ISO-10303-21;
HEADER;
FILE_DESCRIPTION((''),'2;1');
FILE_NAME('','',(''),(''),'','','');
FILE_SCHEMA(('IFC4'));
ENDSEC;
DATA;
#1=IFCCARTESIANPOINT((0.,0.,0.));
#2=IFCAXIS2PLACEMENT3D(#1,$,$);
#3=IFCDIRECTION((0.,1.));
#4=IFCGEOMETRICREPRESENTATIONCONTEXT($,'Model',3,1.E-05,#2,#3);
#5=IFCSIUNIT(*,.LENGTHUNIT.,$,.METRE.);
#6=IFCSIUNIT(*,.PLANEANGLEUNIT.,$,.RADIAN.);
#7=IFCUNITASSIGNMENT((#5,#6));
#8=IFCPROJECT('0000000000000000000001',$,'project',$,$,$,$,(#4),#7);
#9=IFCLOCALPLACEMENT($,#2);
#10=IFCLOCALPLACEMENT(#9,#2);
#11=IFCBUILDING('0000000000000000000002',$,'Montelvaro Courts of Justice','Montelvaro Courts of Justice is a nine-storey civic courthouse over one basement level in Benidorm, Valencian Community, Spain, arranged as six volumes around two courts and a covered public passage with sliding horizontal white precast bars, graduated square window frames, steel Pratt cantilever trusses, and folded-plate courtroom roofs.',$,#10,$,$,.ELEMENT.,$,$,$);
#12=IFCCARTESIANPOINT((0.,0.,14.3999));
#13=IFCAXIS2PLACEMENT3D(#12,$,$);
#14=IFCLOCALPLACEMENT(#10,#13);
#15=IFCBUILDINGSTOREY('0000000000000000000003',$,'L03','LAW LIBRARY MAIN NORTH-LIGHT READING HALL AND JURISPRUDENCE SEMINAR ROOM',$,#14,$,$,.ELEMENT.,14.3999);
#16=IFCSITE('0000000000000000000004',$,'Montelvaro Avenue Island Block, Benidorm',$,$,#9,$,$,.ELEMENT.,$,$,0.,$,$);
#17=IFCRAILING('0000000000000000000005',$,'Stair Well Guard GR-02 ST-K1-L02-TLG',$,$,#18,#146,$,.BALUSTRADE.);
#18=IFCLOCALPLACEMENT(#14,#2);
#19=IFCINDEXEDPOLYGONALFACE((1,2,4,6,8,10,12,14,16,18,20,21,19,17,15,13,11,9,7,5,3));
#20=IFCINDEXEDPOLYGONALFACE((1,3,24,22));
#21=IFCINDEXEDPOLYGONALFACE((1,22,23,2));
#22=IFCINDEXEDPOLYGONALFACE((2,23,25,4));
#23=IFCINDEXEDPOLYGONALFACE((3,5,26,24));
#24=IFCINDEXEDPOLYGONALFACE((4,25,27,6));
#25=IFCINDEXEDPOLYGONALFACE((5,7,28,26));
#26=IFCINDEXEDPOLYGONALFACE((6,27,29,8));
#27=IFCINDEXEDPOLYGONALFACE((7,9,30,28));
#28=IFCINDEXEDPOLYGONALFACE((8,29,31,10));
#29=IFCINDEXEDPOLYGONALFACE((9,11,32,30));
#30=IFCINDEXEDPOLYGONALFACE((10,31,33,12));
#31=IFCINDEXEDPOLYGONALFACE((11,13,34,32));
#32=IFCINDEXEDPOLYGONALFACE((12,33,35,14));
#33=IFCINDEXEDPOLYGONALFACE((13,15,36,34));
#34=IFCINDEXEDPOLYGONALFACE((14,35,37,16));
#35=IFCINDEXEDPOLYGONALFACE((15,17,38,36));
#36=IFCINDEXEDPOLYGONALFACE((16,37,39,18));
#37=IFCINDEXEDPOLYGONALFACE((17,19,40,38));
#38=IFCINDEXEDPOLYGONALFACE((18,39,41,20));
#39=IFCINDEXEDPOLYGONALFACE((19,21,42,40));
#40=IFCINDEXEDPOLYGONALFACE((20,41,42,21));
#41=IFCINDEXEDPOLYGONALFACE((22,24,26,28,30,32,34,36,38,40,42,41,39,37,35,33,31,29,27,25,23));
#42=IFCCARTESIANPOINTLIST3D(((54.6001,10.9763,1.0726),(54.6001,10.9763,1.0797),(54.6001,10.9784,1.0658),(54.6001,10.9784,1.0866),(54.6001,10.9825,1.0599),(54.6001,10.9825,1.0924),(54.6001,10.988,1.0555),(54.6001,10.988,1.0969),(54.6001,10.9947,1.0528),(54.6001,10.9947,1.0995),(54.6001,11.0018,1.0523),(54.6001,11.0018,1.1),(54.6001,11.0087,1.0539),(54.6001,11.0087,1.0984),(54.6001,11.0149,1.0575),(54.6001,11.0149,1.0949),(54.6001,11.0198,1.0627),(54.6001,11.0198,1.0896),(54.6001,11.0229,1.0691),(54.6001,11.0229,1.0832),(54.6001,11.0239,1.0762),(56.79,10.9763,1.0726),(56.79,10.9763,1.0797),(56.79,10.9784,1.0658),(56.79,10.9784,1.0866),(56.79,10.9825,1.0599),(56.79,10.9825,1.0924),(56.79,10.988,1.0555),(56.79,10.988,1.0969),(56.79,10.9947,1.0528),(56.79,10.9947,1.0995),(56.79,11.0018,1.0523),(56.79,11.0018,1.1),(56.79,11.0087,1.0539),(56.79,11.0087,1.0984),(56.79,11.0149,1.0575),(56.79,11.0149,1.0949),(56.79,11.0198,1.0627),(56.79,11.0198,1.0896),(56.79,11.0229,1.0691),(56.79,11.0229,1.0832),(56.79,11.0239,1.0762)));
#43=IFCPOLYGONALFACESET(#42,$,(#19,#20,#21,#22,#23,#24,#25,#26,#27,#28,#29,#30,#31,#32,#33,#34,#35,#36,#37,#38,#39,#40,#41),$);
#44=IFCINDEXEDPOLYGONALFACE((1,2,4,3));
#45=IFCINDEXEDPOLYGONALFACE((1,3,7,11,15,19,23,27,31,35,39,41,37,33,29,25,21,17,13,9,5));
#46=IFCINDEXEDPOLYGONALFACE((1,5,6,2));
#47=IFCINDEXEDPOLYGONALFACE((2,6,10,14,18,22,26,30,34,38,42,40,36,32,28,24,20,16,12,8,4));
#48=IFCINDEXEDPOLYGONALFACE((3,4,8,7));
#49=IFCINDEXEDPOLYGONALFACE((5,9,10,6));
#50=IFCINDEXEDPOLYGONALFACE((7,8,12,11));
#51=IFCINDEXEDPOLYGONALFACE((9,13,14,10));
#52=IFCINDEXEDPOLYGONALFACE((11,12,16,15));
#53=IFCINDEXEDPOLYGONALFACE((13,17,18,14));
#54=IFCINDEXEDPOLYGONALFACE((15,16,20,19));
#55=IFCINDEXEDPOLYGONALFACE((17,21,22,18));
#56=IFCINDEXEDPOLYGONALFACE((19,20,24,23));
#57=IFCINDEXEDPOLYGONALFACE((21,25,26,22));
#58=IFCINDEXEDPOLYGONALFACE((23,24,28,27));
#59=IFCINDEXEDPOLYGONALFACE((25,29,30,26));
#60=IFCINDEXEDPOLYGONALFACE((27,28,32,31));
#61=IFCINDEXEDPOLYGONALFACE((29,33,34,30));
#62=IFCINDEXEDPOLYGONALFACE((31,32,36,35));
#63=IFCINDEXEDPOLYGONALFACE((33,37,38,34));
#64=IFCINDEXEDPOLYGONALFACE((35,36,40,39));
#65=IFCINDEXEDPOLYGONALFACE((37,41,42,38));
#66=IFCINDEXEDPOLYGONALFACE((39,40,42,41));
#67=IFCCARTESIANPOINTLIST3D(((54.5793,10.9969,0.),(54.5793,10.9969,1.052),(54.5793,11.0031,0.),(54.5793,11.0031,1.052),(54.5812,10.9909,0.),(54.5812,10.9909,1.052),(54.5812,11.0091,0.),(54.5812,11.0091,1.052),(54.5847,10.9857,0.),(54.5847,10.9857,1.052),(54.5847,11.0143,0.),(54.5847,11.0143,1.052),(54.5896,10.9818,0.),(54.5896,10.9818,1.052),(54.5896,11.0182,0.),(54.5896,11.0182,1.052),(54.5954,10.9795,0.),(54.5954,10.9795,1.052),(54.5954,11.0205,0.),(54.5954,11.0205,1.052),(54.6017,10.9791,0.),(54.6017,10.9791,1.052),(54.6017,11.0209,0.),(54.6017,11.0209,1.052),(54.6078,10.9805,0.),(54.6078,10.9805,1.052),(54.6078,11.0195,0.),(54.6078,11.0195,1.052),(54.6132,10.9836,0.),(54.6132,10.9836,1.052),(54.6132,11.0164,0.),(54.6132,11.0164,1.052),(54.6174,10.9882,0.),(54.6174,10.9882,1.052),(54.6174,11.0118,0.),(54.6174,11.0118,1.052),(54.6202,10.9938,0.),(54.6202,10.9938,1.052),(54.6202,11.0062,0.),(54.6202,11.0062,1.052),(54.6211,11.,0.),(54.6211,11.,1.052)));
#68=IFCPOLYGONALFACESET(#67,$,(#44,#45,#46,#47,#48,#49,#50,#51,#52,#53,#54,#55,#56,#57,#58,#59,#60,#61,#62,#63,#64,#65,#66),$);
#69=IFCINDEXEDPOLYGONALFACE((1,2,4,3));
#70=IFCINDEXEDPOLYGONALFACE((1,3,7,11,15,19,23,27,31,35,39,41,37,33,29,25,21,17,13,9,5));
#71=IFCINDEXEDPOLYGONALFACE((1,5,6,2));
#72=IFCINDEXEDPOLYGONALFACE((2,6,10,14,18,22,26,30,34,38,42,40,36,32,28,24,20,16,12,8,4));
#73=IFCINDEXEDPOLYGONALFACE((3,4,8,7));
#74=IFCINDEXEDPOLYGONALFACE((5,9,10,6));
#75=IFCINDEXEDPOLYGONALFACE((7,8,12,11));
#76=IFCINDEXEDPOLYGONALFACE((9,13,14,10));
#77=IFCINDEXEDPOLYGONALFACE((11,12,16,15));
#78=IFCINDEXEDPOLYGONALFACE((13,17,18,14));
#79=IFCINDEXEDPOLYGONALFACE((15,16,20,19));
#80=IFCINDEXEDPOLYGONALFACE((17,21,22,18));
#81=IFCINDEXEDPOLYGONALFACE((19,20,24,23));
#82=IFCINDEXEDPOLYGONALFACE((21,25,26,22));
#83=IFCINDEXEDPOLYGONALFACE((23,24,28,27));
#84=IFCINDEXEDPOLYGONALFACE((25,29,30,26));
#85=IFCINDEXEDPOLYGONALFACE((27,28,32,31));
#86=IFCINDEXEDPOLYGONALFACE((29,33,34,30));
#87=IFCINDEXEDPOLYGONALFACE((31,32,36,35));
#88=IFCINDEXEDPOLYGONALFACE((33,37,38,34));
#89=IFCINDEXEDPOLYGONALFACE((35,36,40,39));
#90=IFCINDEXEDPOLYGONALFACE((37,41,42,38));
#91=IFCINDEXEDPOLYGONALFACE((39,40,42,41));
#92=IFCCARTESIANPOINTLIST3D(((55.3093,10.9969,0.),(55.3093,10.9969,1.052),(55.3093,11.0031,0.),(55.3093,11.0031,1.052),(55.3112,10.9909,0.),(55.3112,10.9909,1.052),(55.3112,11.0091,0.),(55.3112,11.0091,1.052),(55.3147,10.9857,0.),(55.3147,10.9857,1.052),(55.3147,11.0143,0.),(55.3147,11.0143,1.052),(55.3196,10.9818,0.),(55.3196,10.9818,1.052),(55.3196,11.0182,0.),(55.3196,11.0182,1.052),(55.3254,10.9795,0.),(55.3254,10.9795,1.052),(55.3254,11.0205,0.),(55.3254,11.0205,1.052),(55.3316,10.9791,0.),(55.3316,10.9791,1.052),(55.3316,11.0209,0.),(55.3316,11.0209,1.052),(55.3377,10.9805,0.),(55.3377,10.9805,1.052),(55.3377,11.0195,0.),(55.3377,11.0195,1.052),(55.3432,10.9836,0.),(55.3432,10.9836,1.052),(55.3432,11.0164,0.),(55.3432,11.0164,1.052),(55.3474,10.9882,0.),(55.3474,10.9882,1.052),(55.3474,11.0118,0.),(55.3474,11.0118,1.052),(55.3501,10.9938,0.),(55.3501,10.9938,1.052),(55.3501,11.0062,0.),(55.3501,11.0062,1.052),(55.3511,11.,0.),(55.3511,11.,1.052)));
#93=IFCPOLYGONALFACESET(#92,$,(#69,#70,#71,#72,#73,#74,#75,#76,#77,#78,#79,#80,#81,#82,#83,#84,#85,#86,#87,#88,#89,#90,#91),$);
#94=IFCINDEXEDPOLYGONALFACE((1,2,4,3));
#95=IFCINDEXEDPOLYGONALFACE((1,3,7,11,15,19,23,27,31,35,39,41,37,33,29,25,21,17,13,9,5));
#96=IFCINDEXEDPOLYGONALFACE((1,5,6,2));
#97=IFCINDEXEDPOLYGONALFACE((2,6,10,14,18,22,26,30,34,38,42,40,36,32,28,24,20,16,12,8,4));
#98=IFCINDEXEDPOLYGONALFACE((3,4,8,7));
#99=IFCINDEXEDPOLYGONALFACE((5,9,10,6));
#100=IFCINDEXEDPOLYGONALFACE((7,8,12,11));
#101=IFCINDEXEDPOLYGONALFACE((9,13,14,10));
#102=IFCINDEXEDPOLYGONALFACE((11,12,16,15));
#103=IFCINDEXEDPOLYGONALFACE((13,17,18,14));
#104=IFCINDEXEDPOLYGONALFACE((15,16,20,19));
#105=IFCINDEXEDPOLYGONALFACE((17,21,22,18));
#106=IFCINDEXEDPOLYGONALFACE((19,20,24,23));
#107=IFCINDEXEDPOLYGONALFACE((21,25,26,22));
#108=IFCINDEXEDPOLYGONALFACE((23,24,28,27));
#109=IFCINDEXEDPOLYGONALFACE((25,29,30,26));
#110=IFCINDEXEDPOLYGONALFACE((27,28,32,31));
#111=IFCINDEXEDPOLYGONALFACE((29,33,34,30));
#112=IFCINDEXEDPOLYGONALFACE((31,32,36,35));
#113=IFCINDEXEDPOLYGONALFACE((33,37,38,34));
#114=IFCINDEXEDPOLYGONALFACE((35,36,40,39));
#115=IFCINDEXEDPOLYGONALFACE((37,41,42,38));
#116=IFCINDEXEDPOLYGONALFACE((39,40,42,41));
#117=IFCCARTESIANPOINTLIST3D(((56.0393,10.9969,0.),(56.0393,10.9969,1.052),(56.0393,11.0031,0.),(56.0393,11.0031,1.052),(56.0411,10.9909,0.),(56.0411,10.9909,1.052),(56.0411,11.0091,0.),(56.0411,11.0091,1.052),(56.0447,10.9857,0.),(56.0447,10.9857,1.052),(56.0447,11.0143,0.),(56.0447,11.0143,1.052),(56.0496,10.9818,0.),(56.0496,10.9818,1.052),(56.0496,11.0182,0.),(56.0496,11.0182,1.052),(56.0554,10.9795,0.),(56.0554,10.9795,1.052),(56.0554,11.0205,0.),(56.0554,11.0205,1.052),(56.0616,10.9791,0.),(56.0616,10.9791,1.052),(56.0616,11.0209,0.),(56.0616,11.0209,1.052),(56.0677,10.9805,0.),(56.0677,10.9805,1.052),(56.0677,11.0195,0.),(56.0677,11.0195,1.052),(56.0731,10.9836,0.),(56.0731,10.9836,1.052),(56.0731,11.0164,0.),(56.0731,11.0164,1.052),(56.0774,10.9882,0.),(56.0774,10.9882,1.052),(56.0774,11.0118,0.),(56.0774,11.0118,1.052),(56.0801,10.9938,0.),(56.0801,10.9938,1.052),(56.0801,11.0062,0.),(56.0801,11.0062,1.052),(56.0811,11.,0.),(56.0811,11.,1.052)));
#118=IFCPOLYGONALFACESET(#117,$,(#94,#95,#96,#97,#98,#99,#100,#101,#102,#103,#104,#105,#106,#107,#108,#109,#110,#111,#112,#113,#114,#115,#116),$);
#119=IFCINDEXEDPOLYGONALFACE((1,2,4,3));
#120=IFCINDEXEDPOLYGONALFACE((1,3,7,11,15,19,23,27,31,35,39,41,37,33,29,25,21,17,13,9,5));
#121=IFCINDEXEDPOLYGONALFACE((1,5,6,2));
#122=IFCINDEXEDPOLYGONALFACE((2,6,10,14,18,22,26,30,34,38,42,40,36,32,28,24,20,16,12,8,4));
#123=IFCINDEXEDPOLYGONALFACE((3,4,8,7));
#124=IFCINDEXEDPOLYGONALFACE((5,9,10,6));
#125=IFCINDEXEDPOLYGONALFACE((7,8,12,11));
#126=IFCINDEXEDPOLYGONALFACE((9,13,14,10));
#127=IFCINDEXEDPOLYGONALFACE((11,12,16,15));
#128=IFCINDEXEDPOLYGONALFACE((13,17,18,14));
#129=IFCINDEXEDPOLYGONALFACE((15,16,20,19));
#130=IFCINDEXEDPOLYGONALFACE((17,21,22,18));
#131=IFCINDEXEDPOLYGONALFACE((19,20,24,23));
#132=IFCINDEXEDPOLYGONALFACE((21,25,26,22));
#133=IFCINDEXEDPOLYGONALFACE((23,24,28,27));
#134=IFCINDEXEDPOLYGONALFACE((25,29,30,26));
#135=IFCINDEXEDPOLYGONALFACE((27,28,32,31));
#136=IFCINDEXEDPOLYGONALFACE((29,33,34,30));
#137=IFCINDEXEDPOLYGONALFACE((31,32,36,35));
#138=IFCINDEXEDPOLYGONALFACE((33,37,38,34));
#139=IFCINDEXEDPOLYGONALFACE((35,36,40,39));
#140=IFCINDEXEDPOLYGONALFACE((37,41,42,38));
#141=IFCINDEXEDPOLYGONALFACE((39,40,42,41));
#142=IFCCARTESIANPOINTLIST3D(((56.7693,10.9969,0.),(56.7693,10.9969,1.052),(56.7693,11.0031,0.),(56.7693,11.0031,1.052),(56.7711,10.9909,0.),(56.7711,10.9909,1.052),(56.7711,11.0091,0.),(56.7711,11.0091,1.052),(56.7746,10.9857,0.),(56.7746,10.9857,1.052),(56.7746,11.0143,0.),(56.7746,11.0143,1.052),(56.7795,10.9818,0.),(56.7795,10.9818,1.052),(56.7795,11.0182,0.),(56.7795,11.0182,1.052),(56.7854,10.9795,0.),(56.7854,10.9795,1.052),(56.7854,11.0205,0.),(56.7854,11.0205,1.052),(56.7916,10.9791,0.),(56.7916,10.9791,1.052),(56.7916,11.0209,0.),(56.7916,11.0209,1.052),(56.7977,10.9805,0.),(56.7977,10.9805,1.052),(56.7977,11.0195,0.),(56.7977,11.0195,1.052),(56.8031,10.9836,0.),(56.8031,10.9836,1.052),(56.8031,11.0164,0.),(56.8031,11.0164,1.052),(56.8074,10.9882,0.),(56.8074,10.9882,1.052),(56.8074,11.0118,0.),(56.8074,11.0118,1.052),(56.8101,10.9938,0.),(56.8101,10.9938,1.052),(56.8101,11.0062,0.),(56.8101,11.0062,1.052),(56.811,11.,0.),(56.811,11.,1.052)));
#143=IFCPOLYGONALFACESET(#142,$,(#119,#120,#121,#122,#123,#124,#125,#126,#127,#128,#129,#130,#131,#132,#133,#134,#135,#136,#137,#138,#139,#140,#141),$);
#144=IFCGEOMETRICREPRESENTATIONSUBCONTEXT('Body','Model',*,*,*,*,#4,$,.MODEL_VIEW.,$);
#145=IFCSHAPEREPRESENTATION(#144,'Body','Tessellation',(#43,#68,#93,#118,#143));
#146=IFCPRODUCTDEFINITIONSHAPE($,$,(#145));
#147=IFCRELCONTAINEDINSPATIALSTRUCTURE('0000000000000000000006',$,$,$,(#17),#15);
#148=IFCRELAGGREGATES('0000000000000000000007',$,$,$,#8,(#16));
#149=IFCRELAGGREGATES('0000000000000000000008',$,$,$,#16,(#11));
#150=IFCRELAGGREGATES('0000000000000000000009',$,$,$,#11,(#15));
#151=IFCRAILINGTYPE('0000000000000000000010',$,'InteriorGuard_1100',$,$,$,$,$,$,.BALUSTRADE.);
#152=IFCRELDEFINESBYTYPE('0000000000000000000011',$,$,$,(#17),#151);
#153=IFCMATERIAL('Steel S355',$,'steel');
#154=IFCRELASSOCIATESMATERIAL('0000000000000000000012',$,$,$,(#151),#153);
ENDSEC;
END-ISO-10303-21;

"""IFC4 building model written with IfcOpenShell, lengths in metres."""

from ifc_helpers import new_model, si_unit, direction, frame, origin, origin_2d, place, context, subcontext, project, spatial, circle, extrude, material, type_object, element, save


model = new_model("IFC4")

# Units and contexts
model_context = context("Model", 3, precision=1e-05, world=origin(), true_north=direction((0.0, 1.0)))
body_context = subcontext(model_context, "Body", "Model", "MODEL_VIEW")
ifc_project = project(units=[si_unit("LENGTHUNIT", "METRE"), si_unit("PLANEANGLEUNIT", "RADIAN")], contexts=[model_context])

# Site, building, storey
site_placement = place(None, origin())
site = spatial("IfcSite", under=ifc_project, at=site_placement, Name="Montelvaro Avenue Island Block, Benidorm", CompositionType="ELEMENT", RefElevation=0.0)
building_placement = place(site_placement, origin())
building = spatial("IfcBuilding", under=site, at=building_placement, Name="Montelvaro Courts of Justice", Description="Montelvaro Courts of Justice is a nine-storey civic courthouse over one basement level in Benidorm, Valencian Community, Spain, arranged as six volumes around two courts and a covered public passage with sliding horizontal white precast bars, graduated square window frames, steel Pratt cantilever trusses, and folded-plate courtroom roofs.", CompositionType="ELEMENT")
storey_placement = place(building_placement, frame((0.0, 0.0, 14.3999)))
storey = spatial("IfcBuildingStorey", under=building, at=storey_placement, Name="L03", Description="LAW LIBRARY MAIN NORTH-LIGHT READING HALL AND JURISPRUDENCE SEMINAR ROOM", CompositionType="ELEMENT", Elevation=14.3999)

# Shared definitions
ifc_material_1 = material(Name="Steel S355", Category="steel")

# Railing
railing_type_1 = type_object("IfcRailingType", Name="InteriorGuard_1100", PredefinedType="BALUSTRADE", material=ifc_material_1)
railing_1_placement = place(storey_placement, frame((54.6001, 11.0, 0.0)))
element("IfcRailing", 1, at=railing_1_placement, inside=storey, type_object=railing_type_1, Name="Stair Well Guard GR-02 ST-K1-L02-TLG", PredefinedType="BALUSTRADE", context=body_context, shape_type="SweptSolid", body=[
    extrude(circle(Radius=0.0239, at=origin_2d()), frame((0.0, 0.0, 1.0762), z_axis=(1.0, 0.0, 0.0), x_axis=(0.0, 1.0, 0.0)), (0.0, 0.0, 1.0), 2.1899),
    extrude(circle(Radius=0.021, at=origin_2d()), origin(), (0.0, 0.0, 1.0), 1.052),
    extrude(circle(Radius=0.021, at=origin_2d()), frame((0.73, 0.0, 0.0)), (0.0, 0.0, 1.0), 1.052),
    extrude(circle(Radius=0.021, at=origin_2d()), frame((1.46, 0.0, 0.0)), (0.0, 0.0, 1.0), 1.052),
    extrude(circle(Radius=0.021, at=origin_2d()), frame((2.1899, 0.0, 0.0)), (0.0, 0.0, 1.0), 1.052),
])

save(model, "model.ifc")
